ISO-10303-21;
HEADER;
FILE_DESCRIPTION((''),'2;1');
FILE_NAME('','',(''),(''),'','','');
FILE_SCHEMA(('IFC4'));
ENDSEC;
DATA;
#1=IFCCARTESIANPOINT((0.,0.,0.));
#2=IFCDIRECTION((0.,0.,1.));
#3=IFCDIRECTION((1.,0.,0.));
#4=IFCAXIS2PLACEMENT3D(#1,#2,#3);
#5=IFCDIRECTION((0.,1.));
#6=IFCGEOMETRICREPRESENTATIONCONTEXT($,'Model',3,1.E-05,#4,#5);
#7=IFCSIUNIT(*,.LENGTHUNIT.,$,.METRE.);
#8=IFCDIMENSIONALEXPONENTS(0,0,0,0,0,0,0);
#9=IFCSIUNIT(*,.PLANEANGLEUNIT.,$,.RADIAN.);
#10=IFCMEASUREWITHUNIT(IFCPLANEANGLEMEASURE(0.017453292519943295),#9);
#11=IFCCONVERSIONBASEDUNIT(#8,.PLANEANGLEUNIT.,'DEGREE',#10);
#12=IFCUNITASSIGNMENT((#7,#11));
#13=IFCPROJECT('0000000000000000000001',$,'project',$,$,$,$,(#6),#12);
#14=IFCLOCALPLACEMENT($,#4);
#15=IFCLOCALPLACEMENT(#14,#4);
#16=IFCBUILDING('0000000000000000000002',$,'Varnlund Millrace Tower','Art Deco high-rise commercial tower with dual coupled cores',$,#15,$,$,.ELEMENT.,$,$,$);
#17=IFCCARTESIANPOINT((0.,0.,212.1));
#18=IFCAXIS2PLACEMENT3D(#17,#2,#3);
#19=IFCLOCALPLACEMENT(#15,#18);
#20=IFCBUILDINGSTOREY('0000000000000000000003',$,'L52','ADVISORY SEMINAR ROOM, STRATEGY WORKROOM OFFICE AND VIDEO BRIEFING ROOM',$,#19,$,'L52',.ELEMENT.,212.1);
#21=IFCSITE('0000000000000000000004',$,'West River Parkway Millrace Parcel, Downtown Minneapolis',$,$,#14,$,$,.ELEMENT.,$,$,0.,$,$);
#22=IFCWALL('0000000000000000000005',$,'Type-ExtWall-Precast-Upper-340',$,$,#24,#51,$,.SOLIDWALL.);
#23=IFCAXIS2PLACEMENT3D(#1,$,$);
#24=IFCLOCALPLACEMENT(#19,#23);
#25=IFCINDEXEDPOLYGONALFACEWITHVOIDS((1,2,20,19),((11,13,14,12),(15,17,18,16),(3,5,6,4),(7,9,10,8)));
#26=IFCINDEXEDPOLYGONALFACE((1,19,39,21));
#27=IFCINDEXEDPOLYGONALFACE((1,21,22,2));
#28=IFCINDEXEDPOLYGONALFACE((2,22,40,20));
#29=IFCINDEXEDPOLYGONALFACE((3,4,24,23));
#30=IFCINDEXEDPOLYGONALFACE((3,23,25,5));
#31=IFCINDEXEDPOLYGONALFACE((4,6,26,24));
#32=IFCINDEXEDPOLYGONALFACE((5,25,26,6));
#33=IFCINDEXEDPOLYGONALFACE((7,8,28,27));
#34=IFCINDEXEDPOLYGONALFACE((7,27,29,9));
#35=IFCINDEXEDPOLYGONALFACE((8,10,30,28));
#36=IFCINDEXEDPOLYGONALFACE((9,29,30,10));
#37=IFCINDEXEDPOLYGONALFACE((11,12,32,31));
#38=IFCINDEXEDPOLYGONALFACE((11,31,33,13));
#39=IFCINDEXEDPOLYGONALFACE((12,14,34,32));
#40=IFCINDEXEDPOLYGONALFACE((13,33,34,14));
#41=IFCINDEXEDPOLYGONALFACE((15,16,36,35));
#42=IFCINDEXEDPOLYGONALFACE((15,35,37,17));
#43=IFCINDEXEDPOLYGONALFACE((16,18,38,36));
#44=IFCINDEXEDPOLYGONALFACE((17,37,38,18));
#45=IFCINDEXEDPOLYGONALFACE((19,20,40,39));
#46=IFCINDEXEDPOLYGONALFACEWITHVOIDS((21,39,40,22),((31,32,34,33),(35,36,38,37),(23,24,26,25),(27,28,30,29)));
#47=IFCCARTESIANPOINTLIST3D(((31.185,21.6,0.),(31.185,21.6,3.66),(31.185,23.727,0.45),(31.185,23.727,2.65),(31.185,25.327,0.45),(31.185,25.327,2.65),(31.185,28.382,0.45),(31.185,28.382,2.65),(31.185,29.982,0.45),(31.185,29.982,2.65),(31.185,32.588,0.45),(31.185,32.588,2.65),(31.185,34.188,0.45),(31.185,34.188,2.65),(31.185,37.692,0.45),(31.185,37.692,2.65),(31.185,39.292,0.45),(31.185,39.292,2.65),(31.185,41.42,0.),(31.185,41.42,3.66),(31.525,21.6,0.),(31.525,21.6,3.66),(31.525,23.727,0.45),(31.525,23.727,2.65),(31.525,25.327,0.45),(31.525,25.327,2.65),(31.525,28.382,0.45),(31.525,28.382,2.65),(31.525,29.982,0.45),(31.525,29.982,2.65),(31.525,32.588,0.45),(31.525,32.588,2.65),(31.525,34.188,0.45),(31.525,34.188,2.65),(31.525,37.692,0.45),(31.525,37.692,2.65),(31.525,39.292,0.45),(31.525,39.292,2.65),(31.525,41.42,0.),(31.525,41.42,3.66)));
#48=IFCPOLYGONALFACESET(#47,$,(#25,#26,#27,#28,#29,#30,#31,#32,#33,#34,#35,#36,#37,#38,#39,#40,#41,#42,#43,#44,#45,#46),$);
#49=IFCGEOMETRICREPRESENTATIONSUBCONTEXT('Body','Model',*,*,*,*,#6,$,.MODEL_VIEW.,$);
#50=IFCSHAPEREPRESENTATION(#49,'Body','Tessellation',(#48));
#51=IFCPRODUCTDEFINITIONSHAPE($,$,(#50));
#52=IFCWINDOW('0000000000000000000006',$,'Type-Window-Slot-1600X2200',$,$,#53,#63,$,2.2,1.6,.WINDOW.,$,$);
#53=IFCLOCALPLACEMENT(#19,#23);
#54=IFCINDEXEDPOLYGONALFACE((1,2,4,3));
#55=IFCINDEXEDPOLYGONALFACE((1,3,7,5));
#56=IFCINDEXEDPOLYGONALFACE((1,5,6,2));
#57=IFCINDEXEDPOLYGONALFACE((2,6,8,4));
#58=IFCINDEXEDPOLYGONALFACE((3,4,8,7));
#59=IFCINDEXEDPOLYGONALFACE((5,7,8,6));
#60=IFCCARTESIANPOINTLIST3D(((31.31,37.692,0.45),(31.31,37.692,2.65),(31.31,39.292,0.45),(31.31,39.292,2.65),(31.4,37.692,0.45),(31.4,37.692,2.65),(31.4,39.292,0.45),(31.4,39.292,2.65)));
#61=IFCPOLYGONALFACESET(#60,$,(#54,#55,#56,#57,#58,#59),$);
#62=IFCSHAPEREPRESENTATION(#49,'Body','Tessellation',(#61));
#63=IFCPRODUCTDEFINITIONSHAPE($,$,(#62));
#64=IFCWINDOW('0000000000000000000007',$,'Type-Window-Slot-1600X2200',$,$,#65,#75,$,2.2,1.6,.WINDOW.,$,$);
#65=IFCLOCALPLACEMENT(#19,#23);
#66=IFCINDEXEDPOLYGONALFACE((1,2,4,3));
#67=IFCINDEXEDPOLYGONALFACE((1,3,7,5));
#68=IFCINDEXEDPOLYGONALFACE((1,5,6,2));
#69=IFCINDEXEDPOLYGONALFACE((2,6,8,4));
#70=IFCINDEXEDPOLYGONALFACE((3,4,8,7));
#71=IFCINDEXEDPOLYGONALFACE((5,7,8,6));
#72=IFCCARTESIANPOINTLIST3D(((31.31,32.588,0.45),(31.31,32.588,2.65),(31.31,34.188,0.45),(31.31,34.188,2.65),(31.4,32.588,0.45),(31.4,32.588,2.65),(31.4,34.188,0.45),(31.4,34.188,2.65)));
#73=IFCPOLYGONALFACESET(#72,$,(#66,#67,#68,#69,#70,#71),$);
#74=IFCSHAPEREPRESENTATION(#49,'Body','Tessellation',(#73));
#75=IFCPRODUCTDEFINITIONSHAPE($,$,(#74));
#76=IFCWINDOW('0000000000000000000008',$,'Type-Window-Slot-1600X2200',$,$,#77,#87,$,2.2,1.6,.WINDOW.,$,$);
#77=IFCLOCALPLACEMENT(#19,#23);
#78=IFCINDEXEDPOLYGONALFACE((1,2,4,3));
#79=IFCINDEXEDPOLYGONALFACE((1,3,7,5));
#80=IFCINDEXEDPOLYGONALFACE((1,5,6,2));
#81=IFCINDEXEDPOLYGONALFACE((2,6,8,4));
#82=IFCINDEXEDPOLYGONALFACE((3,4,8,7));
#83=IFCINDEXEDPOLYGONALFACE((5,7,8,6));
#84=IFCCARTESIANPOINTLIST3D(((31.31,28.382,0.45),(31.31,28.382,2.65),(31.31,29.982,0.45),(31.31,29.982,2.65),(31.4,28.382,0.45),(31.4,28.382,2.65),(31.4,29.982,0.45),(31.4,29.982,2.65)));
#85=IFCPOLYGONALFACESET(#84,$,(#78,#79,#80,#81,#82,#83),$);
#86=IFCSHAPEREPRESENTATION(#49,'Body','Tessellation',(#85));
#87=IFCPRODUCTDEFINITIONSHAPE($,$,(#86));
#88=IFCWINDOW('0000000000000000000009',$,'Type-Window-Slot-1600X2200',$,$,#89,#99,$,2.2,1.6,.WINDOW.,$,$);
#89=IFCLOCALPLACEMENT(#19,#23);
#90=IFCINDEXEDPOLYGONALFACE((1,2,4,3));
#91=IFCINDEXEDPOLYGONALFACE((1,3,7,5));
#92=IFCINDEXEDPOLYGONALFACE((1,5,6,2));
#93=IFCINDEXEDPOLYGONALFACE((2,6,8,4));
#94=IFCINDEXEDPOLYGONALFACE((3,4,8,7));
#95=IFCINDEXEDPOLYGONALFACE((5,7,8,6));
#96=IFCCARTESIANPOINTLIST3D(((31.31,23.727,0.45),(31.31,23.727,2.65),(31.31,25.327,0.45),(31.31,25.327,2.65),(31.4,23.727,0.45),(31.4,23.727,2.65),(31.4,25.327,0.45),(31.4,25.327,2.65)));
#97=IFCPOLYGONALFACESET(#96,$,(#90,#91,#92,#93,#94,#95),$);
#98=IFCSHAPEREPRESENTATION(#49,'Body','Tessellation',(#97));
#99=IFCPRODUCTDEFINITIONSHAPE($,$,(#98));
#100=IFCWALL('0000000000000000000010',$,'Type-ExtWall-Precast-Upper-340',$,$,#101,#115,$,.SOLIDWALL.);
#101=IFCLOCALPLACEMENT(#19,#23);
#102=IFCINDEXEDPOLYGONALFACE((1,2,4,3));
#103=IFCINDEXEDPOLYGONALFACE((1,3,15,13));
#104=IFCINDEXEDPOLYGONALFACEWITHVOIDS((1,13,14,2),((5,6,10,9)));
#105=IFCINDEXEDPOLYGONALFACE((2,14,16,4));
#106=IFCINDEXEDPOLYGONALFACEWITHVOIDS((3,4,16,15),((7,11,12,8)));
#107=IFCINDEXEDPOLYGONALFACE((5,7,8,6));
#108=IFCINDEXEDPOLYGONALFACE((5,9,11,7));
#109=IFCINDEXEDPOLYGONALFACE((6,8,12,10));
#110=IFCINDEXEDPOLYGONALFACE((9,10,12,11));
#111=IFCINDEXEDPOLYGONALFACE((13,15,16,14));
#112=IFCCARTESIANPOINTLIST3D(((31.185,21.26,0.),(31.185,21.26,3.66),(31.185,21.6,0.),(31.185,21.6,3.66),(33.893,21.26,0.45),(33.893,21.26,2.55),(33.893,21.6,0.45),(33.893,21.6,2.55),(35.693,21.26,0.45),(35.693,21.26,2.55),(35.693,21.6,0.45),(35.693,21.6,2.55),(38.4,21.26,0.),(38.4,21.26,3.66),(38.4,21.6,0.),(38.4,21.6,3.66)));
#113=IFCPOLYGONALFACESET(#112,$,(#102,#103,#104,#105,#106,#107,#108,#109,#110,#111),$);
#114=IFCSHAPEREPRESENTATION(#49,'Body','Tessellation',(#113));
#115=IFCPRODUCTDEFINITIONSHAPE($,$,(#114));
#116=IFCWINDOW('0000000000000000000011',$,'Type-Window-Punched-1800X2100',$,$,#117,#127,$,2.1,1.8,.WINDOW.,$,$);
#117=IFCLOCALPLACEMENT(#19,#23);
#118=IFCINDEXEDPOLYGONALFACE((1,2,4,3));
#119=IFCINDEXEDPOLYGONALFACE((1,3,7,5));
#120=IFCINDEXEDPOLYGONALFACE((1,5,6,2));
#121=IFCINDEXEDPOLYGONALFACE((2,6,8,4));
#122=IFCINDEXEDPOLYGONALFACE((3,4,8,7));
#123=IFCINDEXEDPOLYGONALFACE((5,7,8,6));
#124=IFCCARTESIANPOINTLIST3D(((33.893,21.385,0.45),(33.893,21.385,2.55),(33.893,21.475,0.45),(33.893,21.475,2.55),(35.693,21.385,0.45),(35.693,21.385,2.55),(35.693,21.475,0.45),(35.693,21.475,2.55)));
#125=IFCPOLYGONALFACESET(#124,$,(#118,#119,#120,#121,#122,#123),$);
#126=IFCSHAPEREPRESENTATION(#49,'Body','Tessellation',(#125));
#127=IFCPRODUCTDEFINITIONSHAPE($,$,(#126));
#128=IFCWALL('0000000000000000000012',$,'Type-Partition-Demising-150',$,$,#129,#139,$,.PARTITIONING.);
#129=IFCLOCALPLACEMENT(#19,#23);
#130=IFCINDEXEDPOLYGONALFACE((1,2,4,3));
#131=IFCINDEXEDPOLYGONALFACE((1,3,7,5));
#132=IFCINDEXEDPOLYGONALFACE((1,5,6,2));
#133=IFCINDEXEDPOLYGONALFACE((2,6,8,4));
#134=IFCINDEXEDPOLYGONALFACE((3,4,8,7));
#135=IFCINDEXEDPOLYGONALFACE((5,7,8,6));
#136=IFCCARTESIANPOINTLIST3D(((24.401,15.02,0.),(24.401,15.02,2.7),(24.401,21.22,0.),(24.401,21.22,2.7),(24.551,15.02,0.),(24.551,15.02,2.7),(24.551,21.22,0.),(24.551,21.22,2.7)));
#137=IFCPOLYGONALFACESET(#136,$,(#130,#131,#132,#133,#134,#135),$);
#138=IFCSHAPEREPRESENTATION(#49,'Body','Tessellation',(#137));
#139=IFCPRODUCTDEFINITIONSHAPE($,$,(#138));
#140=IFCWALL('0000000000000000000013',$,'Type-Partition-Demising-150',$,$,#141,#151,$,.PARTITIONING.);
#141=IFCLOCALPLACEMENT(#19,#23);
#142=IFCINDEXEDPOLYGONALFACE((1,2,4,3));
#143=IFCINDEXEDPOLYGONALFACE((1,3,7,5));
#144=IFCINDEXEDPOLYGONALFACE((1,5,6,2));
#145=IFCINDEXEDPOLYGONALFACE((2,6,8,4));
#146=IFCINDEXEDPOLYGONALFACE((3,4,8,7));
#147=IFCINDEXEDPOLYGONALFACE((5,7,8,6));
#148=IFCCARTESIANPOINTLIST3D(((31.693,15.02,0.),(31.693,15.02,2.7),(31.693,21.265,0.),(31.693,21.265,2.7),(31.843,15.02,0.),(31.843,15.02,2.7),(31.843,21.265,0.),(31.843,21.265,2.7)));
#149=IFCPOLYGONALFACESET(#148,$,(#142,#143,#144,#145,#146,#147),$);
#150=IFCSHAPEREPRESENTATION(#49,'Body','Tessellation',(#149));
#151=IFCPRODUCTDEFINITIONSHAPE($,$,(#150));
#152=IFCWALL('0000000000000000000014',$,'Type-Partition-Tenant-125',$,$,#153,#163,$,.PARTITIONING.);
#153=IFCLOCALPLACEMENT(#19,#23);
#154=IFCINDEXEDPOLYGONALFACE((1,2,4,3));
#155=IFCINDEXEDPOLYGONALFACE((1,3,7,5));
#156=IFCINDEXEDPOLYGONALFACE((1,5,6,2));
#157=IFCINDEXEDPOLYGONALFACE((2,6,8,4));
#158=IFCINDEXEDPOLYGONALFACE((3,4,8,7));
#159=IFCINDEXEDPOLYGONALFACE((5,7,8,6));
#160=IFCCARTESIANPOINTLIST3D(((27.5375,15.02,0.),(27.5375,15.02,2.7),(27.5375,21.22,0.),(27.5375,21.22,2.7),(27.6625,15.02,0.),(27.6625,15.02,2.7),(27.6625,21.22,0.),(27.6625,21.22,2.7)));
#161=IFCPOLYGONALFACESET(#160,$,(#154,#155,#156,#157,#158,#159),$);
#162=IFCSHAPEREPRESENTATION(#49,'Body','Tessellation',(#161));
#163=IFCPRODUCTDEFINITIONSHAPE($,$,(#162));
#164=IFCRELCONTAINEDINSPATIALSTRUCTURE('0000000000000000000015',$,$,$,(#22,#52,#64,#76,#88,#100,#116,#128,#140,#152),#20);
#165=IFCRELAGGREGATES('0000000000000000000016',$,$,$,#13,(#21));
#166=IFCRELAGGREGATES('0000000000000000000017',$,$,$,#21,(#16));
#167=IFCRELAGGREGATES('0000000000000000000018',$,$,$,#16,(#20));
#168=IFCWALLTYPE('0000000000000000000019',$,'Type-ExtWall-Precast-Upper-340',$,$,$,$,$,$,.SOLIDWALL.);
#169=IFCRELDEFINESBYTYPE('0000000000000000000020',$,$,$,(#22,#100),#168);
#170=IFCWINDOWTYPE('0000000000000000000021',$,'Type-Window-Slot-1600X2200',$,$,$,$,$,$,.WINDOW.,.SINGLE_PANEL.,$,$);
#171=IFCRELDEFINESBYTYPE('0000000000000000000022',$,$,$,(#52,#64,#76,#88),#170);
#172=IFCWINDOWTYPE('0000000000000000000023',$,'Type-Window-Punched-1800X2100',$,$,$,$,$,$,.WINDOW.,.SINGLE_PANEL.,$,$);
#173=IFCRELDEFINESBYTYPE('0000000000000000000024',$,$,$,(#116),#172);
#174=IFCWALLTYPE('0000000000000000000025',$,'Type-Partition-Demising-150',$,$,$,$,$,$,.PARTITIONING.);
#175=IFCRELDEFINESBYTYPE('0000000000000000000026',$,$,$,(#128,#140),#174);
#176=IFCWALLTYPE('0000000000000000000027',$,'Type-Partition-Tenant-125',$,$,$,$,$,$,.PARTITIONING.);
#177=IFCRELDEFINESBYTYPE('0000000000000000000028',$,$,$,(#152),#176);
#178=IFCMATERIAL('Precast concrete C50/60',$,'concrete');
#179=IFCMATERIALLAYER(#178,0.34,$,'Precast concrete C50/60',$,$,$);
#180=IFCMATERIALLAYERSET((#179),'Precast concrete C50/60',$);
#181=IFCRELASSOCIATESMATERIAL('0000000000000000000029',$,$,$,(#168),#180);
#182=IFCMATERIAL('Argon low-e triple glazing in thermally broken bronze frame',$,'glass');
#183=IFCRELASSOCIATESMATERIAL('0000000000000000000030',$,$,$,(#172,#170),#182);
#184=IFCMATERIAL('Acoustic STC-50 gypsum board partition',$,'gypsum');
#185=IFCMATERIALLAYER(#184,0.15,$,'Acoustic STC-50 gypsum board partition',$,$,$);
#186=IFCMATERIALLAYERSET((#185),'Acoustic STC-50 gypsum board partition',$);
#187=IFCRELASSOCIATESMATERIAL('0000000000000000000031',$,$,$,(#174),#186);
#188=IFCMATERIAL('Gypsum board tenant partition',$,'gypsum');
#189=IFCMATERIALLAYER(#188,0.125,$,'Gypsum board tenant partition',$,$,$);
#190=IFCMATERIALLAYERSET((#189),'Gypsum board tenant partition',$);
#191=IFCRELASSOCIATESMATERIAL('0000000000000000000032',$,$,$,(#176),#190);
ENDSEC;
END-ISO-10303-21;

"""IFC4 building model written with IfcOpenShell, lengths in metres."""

from ifc_helpers import new_model, entity, si_unit, converted_unit, direction, frame, origin_with_axes, origin_2d_with_axis, place, context, subcontext, project, spatial, polyline, rectangle, outline, extrude, material, layer, layer_set, type_object, element, fill, save


model = new_model("IFC4")

# Units and contexts
model_context = context("Model", 3, precision=1e-05, world=origin_with_axes(), true_north=direction((0.0, 1.0)))
body_context = subcontext(model_context, "Body", "Model", "MODEL_VIEW")
ifc_project = project(units=[si_unit("LENGTHUNIT", "METRE"), converted_unit("PLANEANGLEUNIT", "DEGREE", entity("IfcPlaneAngleMeasure", 0.017453292519943295), si_unit("PLANEANGLEUNIT", "RADIAN"), dimensions=[0, 0, 0, 0, 0, 0, 0])], contexts=[model_context])

# Site, building, storey
site_placement = place(None, origin_with_axes())
site = spatial("IfcSite", under=ifc_project, at=site_placement, Name="West River Parkway Millrace Parcel, Downtown Minneapolis", CompositionType="ELEMENT", RefElevation=0.0)
building_placement = place(site_placement, origin_with_axes())
building = spatial("IfcBuilding", under=site, at=building_placement, Name="Varnlund Millrace Tower", Description="Art Deco high-rise commercial tower with dual coupled cores", CompositionType="ELEMENT")
storey_placement = place(building_placement, frame((0.0, 0.0, 212.1), z_axis=(0.0, 0.0, 1.0), x_axis=(1.0, 0.0, 0.0)))
storey = spatial("IfcBuildingStorey", under=building, at=storey_placement, Name="L52", Description="ADVISORY SEMINAR ROOM, STRATEGY WORKROOM OFFICE AND VIDEO BRIEFING ROOM", LongName="L52", CompositionType="ELEMENT", Elevation=212.1)

# Shared definitions
ifc_material_1 = material(Name="Precast concrete C50/60", Category="concrete")
ifc_layer_1 = layer(ifc_material_1, 0.34, Name="Precast concrete C50/60")
ifc_layer_set_1 = layer_set([ifc_layer_1], Name="Precast concrete C50/60")
wall_type_1 = type_object("IfcWallType", Name="Type-ExtWall-Precast-Upper-340", PredefinedType="SOLIDWALL", material=ifc_layer_set_1)

# Shared definitions
ifc_material_2 = material(Name="Argon low-e triple glazing in thermally broken bronze frame", Category="glass")
window_type_1 = type_object("IfcWindowType", Name="Type-Window-Punched-1800X2100", PartitioningType="SINGLE_PANEL", PredefinedType="WINDOW", material=ifc_material_2)

# Wall, openings, windows
wall_1_placement = place(storey_placement, frame((31.355, 41.42, 0.0), z_axis=(0.0, 0.0, 1.0), x_axis=(0.0, -1.0, 0.0)))
wall_1 = element("IfcWall", 1, at=wall_1_placement, inside=storey, type_object=wall_type_1, Name="Type-ExtWall-Precast-Upper-340", PredefinedType="SOLIDWALL", context=body_context, shape_type="SweptSolid", body=[
    extrude(outline(polyline([(0.0, -0.17), (19.82, -0.17), (19.82, 0.17), (0.0, 0.17), (0.0, -0.17)])), origin_with_axes(), (0.0, 0.0, 1.0), 3.66),
])
opening_1_placement = place(wall_1_placement, frame((2.928, 0.0, 0.45), z_axis=(0.0, 0.0, 1.0), x_axis=(1.0, 0.0, 0.0)))
opening_1 = element("IfcOpeningElement", 2, at=opening_1_placement, cuts=wall_1, PredefinedType="OPENING", context=body_context, shape_type="SweptSolid", body=[
    extrude(rectangle(XDim=1.6, YDim=0.36, at=origin_2d_with_axis()), origin_with_axes(), (0.0, 0.0, 1.0), 2.2),
])
opening_2_placement = place(wall_1_placement, frame((8.032, 0.0, 0.45), z_axis=(0.0, 0.0, 1.0), x_axis=(1.0, 0.0, 0.0)))
opening_2 = element("IfcOpeningElement", 3, at=opening_2_placement, cuts=wall_1, PredefinedType="OPENING", context=body_context, shape_type="SweptSolid", body=[
    extrude(rectangle(XDim=1.6, YDim=0.36, at=origin_2d_with_axis()), origin_with_axes(), (0.0, 0.0, 1.0), 2.2),
])
opening_3_placement = place(wall_1_placement, frame((12.238, 0.0, 0.45), z_axis=(0.0, 0.0, 1.0), x_axis=(1.0, 0.0, 0.0)))
opening_3 = element("IfcOpeningElement", 4, at=opening_3_placement, cuts=wall_1, PredefinedType="OPENING", context=body_context, shape_type="SweptSolid", body=[
    extrude(rectangle(XDim=1.6, YDim=0.36, at=origin_2d_with_axis()), origin_with_axes(), (0.0, 0.0, 1.0), 2.2),
])
opening_4_placement = place(wall_1_placement, frame((16.893, 0.0, 0.45), z_axis=(0.0, 0.0, 1.0), x_axis=(1.0, 0.0, 0.0)))
opening_4 = element("IfcOpeningElement", 5, at=opening_4_placement, cuts=wall_1, PredefinedType="OPENING", context=body_context, shape_type="SweptSolid", body=[
    extrude(rectangle(XDim=1.6, YDim=0.36, at=origin_2d_with_axis()), origin_with_axes(), (0.0, 0.0, 1.0), 2.2),
])
window_type_2 = type_object("IfcWindowType", Name="Type-Window-Slot-1600X2200", PartitioningType="SINGLE_PANEL", PredefinedType="WINDOW", material=ifc_material_2)
window_1_placement = place(wall_1_placement, frame((2.928, 0.0, 0.45), z_axis=(0.0, 0.0, 1.0), x_axis=(1.0, 0.0, 0.0)))
window_1 = element("IfcWindow", 6, at=window_1_placement, inside=storey, type_object=window_type_2, Name="Type-Window-Slot-1600X2200", OverallHeight=2.2, OverallWidth=1.6, PredefinedType="WINDOW", context=body_context, shape_type="SweptSolid", body=[
    extrude(rectangle(XDim=1.6, YDim=0.09, at=origin_2d_with_axis()), origin_with_axes(), (0.0, 0.0, 1.0), 2.2),
])
fill(opening_1, window_1)
window_2_placement = place(wall_1_placement, frame((8.032, 0.0, 0.45), z_axis=(0.0, 0.0, 1.0), x_axis=(1.0, 0.0, 0.0)))
window_2 = element("IfcWindow", 7, at=window_2_placement, inside=storey, type_object=window_type_2, Name="Type-Window-Slot-1600X2200", OverallHeight=2.2, OverallWidth=1.6, PredefinedType="WINDOW", context=body_context, shape_type="SweptSolid", body=[
    extrude(rectangle(XDim=1.6, YDim=0.09, at=origin_2d_with_axis()), origin_with_axes(), (0.0, 0.0, 1.0), 2.2),
])
fill(opening_2, window_2)
window_3_placement = place(wall_1_placement, frame((12.238, 0.0, 0.45), z_axis=(0.0, 0.0, 1.0), x_axis=(1.0, 0.0, 0.0)))
window_3 = element("IfcWindow", 8, at=window_3_placement, inside=storey, type_object=window_type_2, Name="Type-Window-Slot-1600X2200", OverallHeight=2.2, OverallWidth=1.6, PredefinedType="WINDOW", context=body_context, shape_type="SweptSolid", body=[
    extrude(rectangle(XDim=1.6, YDim=0.09, at=origin_2d_with_axis()), origin_with_axes(), (0.0, 0.0, 1.0), 2.2),
])
fill(opening_3, window_3)
window_4_placement = place(wall_1_placement, frame((16.893, 0.0, 0.45), z_axis=(0.0, 0.0, 1.0), x_axis=(1.0, 0.0, 0.0)))
window_4 = element("IfcWindow", 9, at=window_4_placement, inside=storey, type_object=window_type_2, Name="Type-Window-Slot-1600X2200", OverallHeight=2.2, OverallWidth=1.6, PredefinedType="WINDOW", context=body_context, shape_type="SweptSolid", body=[
    extrude(rectangle(XDim=1.6, YDim=0.09, at=origin_2d_with_axis()), origin_with_axes(), (0.0, 0.0, 1.0), 2.2),
])
fill(opening_4, window_4)

# Wall, opening, window
wall_2_placement = place(storey_placement, frame((31.185, 21.43, 0.0), z_axis=(0.0, 0.0, 1.0), x_axis=(1.0, 0.0, 0.0)))
wall_2 = element("IfcWall", 10, at=wall_2_placement, inside=storey, type_object=wall_type_1, Name="Type-ExtWall-Precast-Upper-340", PredefinedType="SOLIDWALL", context=body_context, shape_type="SweptSolid", body=[
    extrude(outline(polyline([(0.0, -0.17), (7.215, -0.17), (7.215, 0.17), (0.0, 0.17), (0.0, -0.17)])), origin_with_axes(), (0.0, 0.0, 1.0), 3.66),
])
opening_5_placement = place(wall_2_placement, frame((3.608, 0.0, 0.45), z_axis=(0.0, 0.0, 1.0), x_axis=(1.0, 0.0, 0.0)))
opening_5 = element("IfcOpeningElement", 11, at=opening_5_placement, cuts=wall_2, PredefinedType="OPENING", context=body_context, shape_type="SweptSolid", body=[
    extrude(rectangle(XDim=1.8, YDim=0.36, at=origin_2d_with_axis()), origin_with_axes(), (0.0, 0.0, 1.0), 2.1),
])
window_5_placement = place(wall_2_placement, frame((3.608, 0.0, 0.45), z_axis=(0.0, 0.0, 1.0), x_axis=(1.0, 0.0, 0.0)))
window_5 = element("IfcWindow", 12, at=window_5_placement, inside=storey, type_object=window_type_1, Name="Type-Window-Punched-1800X2100", OverallHeight=2.1, OverallWidth=1.8, PredefinedType="WINDOW", context=body_context, shape_type="SweptSolid", body=[
    extrude(rectangle(XDim=1.8, YDim=0.09, at=origin_2d_with_axis()), origin_with_axes(), (0.0, 0.0, 1.0), 2.1),
])
fill(opening_5, window_5)

# Walls
ifc_material_3 = material(Name="Acoustic STC-50 gypsum board partition", Category="gypsum")
ifc_layer_2 = layer(ifc_material_3, 0.15, Name="Acoustic STC-50 gypsum board partition")
ifc_layer_set_2 = layer_set([ifc_layer_2], Name="Acoustic STC-50 gypsum board partition")
wall_type_2 = type_object("IfcWallType", Name="Type-Partition-Demising-150", PredefinedType="PARTITIONING", material=ifc_layer_set_2)
wall_3_placement = place(storey_placement, frame((24.476, 15.02, 0.0), z_axis=(0.0, 0.0, 1.0), x_axis=(0.0, 1.0, 0.0)))
element("IfcWall", 13, at=wall_3_placement, inside=storey, type_object=wall_type_2, Name="Type-Partition-Demising-150", PredefinedType="PARTITIONING", context=body_context, shape_type="SweptSolid", body=[
    extrude(outline(polyline([(0.0, -0.075), (6.2, -0.075), (6.2, 0.075), (0.0, 0.075), (0.0, -0.075)])), origin_with_axes(), (0.0, 0.0, 1.0), 2.7),
])
wall_4_placement = place(storey_placement, frame((31.768, 15.02, 0.0), z_axis=(0.0, 0.0, 1.0), x_axis=(0.0, 1.0, 0.0)))
element("IfcWall", 14, at=wall_4_placement, inside=storey, type_object=wall_type_2, Name="Type-Partition-Demising-150", PredefinedType="PARTITIONING", context=body_context, shape_type="SweptSolid", body=[
    extrude(outline(polyline([(0.0, -0.075), (6.245, -0.075), (6.245, 0.075), (0.0, 0.075), (0.0, -0.075)])), origin_with_axes(), (0.0, 0.0, 1.0), 2.7),
])
ifc_material_4 = material(Name="Gypsum board tenant partition", Category="gypsum")
ifc_layer_3 = layer(ifc_material_4, 0.125, Name="Gypsum board tenant partition")
ifc_layer_set_3 = layer_set([ifc_layer_3], Name="Gypsum board tenant partition")
wall_type_3 = type_object("IfcWallType", Name="Type-Partition-Tenant-125", PredefinedType="PARTITIONING", material=ifc_layer_set_3)
wall_5_placement = place(storey_placement, frame((27.6, 15.02, 0.0), z_axis=(0.0, 0.0, 1.0), x_axis=(0.0, 1.0, 0.0)))
element("IfcWall", 15, at=wall_5_placement, inside=storey, type_object=wall_type_3, Name="Type-Partition-Tenant-125", PredefinedType="PARTITIONING", context=body_context, shape_type="SweptSolid", body=[
    extrude(outline(polyline([(0.0, -0.0625), (6.2, -0.0625), (6.2, 0.0625), (0.0, 0.0625), (0.0, -0.0625)])), origin_with_axes(), (0.0, 0.0, 1.0), 2.7),
])

save(model, "model.ifc")
